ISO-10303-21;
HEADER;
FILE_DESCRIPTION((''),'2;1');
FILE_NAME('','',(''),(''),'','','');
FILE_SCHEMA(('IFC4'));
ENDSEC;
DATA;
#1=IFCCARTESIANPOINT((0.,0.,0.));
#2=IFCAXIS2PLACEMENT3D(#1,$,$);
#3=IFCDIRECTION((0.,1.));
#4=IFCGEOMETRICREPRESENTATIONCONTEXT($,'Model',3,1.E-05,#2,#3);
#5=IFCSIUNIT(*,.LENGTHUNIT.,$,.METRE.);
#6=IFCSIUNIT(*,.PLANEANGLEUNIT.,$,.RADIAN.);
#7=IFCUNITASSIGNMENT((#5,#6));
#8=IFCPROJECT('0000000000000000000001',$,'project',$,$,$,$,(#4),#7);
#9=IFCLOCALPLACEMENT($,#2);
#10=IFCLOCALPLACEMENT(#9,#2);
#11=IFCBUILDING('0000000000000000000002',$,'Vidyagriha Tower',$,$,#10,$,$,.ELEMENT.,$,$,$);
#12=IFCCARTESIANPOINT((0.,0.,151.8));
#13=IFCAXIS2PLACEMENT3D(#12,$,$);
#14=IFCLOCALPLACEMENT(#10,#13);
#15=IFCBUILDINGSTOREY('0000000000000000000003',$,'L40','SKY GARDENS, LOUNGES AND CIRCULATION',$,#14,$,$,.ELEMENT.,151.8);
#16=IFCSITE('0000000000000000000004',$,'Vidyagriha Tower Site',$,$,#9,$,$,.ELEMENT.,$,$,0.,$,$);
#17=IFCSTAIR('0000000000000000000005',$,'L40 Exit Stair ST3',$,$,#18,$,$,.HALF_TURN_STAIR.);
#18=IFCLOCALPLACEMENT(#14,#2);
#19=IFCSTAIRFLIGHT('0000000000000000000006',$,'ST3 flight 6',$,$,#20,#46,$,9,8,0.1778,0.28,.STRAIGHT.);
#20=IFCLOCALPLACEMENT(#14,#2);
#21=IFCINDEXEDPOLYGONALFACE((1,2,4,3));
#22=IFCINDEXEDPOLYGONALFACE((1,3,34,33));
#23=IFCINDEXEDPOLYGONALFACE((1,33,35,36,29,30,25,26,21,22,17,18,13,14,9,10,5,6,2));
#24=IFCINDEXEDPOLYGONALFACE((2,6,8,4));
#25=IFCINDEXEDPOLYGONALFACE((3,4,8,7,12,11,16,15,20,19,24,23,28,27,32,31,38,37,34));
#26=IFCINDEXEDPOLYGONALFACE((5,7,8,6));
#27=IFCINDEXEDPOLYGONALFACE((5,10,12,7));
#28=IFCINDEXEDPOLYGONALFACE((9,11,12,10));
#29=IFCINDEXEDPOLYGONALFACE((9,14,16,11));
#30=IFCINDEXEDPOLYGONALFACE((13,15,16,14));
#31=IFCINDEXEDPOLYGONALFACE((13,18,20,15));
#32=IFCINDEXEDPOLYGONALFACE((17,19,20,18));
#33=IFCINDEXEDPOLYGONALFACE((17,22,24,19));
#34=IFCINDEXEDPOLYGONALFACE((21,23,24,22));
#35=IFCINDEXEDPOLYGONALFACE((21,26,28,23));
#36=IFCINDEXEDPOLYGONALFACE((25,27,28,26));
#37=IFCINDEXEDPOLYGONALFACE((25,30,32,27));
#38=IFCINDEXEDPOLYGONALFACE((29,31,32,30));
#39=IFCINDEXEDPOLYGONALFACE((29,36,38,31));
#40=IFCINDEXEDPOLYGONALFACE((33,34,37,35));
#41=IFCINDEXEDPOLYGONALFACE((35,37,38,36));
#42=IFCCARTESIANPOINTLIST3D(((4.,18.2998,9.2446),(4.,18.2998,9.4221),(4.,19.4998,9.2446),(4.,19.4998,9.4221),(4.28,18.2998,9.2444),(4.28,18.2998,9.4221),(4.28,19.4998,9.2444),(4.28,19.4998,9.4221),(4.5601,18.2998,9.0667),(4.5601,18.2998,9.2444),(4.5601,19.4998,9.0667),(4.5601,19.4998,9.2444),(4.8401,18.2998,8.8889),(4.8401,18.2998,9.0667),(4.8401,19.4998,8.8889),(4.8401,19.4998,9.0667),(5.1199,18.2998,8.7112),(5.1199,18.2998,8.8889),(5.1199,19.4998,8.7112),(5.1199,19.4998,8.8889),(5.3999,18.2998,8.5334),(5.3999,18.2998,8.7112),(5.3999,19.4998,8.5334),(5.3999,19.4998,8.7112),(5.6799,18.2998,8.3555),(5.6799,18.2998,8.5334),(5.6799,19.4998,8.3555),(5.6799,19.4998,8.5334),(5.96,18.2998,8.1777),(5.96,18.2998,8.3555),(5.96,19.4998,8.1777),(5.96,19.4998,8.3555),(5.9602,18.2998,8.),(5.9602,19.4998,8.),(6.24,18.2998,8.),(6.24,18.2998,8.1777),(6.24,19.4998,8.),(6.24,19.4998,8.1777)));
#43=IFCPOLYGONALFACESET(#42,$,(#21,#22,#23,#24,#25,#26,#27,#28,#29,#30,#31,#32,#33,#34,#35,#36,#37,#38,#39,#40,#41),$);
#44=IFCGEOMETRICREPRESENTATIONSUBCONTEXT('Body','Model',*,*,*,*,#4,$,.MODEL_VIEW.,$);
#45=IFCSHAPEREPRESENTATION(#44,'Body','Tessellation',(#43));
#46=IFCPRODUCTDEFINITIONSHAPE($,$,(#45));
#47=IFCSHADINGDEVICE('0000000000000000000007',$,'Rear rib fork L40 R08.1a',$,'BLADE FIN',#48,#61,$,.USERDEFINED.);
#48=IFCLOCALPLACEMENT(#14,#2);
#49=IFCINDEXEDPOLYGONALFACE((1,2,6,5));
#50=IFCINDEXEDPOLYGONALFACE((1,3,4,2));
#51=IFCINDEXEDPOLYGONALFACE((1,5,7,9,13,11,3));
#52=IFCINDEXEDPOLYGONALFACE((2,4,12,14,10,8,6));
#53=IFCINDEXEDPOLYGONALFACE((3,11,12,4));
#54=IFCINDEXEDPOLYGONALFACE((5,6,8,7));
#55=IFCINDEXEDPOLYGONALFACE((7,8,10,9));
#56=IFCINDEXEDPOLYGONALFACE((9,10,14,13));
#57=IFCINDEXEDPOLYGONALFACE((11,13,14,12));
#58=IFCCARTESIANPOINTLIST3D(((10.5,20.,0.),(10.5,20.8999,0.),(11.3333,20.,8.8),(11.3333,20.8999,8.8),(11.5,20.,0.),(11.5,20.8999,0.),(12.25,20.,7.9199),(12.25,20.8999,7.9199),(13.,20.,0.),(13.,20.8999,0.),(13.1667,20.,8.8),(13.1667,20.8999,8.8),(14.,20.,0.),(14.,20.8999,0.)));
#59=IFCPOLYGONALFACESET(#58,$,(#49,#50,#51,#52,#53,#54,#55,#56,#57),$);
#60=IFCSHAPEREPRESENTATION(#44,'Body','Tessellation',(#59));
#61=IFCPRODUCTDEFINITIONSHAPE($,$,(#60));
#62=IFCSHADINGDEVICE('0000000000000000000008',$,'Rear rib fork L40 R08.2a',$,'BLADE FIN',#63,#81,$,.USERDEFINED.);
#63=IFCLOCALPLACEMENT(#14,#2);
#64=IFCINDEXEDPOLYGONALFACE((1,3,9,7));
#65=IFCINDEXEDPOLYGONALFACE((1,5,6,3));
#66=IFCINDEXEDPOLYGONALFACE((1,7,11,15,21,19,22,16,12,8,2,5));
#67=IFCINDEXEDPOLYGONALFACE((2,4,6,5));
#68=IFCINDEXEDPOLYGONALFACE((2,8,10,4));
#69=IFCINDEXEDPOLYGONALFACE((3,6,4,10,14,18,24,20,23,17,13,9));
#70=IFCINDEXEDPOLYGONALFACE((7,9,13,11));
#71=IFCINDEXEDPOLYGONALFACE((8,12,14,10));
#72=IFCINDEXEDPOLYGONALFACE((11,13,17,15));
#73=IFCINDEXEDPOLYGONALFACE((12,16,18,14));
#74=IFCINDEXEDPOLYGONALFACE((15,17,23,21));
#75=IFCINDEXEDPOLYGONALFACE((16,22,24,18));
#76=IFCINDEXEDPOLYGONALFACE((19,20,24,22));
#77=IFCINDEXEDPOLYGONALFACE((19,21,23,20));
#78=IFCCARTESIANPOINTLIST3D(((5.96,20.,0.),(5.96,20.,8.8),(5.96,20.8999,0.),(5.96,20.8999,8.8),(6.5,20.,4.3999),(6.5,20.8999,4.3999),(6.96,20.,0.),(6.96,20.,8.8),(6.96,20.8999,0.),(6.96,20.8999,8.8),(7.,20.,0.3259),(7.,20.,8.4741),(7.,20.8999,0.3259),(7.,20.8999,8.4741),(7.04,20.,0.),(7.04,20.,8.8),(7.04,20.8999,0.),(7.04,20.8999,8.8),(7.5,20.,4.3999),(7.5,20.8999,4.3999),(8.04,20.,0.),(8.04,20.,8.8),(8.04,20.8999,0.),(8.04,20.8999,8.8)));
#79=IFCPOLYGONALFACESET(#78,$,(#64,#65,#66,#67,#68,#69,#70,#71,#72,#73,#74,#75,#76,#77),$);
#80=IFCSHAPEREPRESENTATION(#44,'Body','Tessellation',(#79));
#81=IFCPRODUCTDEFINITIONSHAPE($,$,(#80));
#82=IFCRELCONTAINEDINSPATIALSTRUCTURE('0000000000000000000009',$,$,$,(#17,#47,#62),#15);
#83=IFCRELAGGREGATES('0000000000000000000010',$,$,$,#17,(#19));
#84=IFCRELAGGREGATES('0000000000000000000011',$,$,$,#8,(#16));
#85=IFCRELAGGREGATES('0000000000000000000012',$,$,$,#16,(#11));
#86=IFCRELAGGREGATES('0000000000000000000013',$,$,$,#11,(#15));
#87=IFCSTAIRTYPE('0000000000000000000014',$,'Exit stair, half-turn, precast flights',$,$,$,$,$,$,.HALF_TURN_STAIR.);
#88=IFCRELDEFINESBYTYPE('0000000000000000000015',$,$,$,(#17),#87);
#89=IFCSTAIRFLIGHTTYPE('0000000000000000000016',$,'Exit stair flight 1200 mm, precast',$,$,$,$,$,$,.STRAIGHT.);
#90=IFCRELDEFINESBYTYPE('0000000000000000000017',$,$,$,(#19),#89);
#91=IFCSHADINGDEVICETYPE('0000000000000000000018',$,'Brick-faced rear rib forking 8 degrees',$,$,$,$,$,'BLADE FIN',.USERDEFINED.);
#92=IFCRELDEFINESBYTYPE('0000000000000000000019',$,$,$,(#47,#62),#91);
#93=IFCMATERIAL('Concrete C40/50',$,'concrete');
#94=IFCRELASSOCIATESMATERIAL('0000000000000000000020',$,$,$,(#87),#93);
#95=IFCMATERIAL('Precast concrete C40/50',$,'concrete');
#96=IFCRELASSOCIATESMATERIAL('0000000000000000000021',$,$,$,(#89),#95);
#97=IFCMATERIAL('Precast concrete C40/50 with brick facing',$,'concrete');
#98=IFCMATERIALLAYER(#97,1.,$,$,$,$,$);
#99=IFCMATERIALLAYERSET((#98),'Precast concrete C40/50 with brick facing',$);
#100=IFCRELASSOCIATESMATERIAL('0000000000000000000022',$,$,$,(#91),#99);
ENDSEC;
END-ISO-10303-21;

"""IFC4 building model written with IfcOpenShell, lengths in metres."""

from ifc_helpers import new_model, si_unit, direction, frame, origin, place, context, subcontext, project, spatial, polyline, outline, extrude, material, layer, layer_set, type_object, element, aggregate, save


model = new_model("IFC4")

# Units and contexts
model_context = context("Model", 3, precision=1e-05, world=origin(), true_north=direction((0.0, 1.0)))
body_context = subcontext(model_context, "Body", "Model", "MODEL_VIEW")
ifc_project = project(units=[si_unit("LENGTHUNIT", "METRE"), si_unit("PLANEANGLEUNIT", "RADIAN")], contexts=[model_context])

# Site, building, storey
site_placement = place(None, origin())
site = spatial("IfcSite", under=ifc_project, at=site_placement, Name="Vidyagriha Tower Site", CompositionType="ELEMENT", RefElevation=0.0)
building_placement = place(site_placement, origin())
building = spatial("IfcBuilding", under=site, at=building_placement, Name="Vidyagriha Tower", CompositionType="ELEMENT")
storey_placement = place(building_placement, frame((0.0, 0.0, 151.8)))
storey = spatial("IfcBuildingStorey", under=building, at=storey_placement, Name="L40", Description="SKY GARDENS, LOUNGES AND CIRCULATION", CompositionType="ELEMENT", Elevation=151.8)

# Stair, stair flight
ifc_material_1 = material(Name="Concrete C40/50", Category="concrete")
stair_type = type_object("IfcStairType", Name="Exit stair, half-turn, precast flights", PredefinedType="HALF_TURN_STAIR", material=ifc_material_1)
stair_placement = place(storey_placement, origin())
stair = element("IfcStair", 1, at=stair_placement, inside=storey, type_object=stair_type, Name="L40 Exit Stair ST3", PredefinedType="HALF_TURN_STAIR")
ifc_material_2 = material(Name="Precast concrete C40/50", Category="concrete")
stair_flight_type = type_object("IfcStairFlightType", Name="Exit stair flight 1200 mm, precast", PredefinedType="STRAIGHT", material=ifc_material_2)
stair_flight_1_placement = place(storey_placement, frame((6.24, 18.8999, 8.0), z_axis=(0.0, 0.0, 1.0), x_axis=(-1.0, 0.0, 0.0)))
stair_flight_1 = element("IfcStairFlight", 2, at=stair_flight_1_placement, type_object=stair_flight_type, Name="ST3 flight 6", NumberOfRisers=9, NumberOfTreads=8, PredefinedType="STRAIGHT", RiserHeight=0.1778, TreadLength=0.28, context=body_context, shape_type="SweptSolid", body=[
    extrude(outline(polyline([(0.0, 0.0), (0.0, 0.1777), (0.28, 0.1777), (0.28, 0.3555), (0.5601, 0.3555), (0.5601, 0.5334), (0.8401, 0.5334), (0.8401, 0.7112), (1.1201, 0.7112), (1.1201, 0.8889), (1.3999, 0.8889), (1.3999, 1.0667), (1.6799, 1.0667), (1.6799, 1.2444), (1.96, 1.2444), (1.96, 1.4221), (2.24, 1.4221), (2.24, 1.6001), (2.24, 1.2446), (0.2798, 0.0), (0.0, 0.0)])), frame((0.0, 0.6001, 0.0), z_axis=(0.0, -1.0, 0.0), x_axis=(1.0, 0.0, 0.0)), (0.0, 0.0, 1.0), 1.2),
])
aggregate(stair, [stair_flight_1])

# Shading devices
ifc_material_3 = material(Name="Precast concrete C40/50 with brick facing", Category="concrete")
ifc_layer_1 = layer(ifc_material_3, 1.0)
ifc_layer_set_1 = layer_set([ifc_layer_1], Name="Precast concrete C40/50 with brick facing")
shading_device_type = type_object("IfcShadingDeviceType", Name="Brick-faced rear rib forking 8 degrees", ElementType="BLADE FIN", PredefinedType="USERDEFINED", material=ifc_layer_set_1)
shading_device_1_placement = place(storey_placement, frame((14.0, 20.45, 0.0), z_axis=(0.0, 0.0, 1.0), x_axis=(-1.0, 0.0, 0.0)))
element("IfcShadingDevice", 3, at=shading_device_1_placement, inside=storey, type_object=shading_device_type, Name="Rear rib fork L40 R08.1a", ObjectType="BLADE FIN", PredefinedType="USERDEFINED", context=body_context, shape_type="SweptSolid", body=[
    extrude(outline(polyline([(1.0, 0.0), (1.75, 7.9199), (2.5, 0.0), (3.5, 0.0), (2.6667, 8.8), (0.8333, 8.8), (0.0, 0.0), (1.0, 0.0)])), frame((0.0, 0.45, 0.0), z_axis=(0.0, -1.0, 0.0), x_axis=(1.0, 0.0, 0.0)), (0.0, 0.0, 1.0), 0.8999),
])
shading_device_2_placement = place(storey_placement, frame((8.04, 20.45, 0.0), z_axis=(0.0, 0.0, 1.0), x_axis=(-1.0, 0.0, 0.0)))
element("IfcShadingDevice", 4, at=shading_device_2_placement, inside=storey, type_object=shading_device_type, Name="Rear rib fork L40 R08.2a", ObjectType="BLADE FIN", PredefinedType="USERDEFINED", context=body_context, shape_type="SweptSolid", body=[
    extrude(outline(polyline([(1.0, 0.0), (1.04, 0.3259), (1.0801, 0.0), (2.0801, 0.0), (1.54, 4.3999), (2.0801, 8.8), (1.0801, 8.8), (1.04, 8.4741), (1.0, 8.8), (0.0, 8.8), (0.54, 4.3999), (0.0, 0.0), (1.0, 0.0)])), frame((0.0, 0.45, 0.0), z_axis=(0.0, -1.0, 0.0), x_axis=(1.0, 0.0, 0.0)), (0.0, 0.0, 1.0), 0.8999),
])

save(model, "model.ifc")
